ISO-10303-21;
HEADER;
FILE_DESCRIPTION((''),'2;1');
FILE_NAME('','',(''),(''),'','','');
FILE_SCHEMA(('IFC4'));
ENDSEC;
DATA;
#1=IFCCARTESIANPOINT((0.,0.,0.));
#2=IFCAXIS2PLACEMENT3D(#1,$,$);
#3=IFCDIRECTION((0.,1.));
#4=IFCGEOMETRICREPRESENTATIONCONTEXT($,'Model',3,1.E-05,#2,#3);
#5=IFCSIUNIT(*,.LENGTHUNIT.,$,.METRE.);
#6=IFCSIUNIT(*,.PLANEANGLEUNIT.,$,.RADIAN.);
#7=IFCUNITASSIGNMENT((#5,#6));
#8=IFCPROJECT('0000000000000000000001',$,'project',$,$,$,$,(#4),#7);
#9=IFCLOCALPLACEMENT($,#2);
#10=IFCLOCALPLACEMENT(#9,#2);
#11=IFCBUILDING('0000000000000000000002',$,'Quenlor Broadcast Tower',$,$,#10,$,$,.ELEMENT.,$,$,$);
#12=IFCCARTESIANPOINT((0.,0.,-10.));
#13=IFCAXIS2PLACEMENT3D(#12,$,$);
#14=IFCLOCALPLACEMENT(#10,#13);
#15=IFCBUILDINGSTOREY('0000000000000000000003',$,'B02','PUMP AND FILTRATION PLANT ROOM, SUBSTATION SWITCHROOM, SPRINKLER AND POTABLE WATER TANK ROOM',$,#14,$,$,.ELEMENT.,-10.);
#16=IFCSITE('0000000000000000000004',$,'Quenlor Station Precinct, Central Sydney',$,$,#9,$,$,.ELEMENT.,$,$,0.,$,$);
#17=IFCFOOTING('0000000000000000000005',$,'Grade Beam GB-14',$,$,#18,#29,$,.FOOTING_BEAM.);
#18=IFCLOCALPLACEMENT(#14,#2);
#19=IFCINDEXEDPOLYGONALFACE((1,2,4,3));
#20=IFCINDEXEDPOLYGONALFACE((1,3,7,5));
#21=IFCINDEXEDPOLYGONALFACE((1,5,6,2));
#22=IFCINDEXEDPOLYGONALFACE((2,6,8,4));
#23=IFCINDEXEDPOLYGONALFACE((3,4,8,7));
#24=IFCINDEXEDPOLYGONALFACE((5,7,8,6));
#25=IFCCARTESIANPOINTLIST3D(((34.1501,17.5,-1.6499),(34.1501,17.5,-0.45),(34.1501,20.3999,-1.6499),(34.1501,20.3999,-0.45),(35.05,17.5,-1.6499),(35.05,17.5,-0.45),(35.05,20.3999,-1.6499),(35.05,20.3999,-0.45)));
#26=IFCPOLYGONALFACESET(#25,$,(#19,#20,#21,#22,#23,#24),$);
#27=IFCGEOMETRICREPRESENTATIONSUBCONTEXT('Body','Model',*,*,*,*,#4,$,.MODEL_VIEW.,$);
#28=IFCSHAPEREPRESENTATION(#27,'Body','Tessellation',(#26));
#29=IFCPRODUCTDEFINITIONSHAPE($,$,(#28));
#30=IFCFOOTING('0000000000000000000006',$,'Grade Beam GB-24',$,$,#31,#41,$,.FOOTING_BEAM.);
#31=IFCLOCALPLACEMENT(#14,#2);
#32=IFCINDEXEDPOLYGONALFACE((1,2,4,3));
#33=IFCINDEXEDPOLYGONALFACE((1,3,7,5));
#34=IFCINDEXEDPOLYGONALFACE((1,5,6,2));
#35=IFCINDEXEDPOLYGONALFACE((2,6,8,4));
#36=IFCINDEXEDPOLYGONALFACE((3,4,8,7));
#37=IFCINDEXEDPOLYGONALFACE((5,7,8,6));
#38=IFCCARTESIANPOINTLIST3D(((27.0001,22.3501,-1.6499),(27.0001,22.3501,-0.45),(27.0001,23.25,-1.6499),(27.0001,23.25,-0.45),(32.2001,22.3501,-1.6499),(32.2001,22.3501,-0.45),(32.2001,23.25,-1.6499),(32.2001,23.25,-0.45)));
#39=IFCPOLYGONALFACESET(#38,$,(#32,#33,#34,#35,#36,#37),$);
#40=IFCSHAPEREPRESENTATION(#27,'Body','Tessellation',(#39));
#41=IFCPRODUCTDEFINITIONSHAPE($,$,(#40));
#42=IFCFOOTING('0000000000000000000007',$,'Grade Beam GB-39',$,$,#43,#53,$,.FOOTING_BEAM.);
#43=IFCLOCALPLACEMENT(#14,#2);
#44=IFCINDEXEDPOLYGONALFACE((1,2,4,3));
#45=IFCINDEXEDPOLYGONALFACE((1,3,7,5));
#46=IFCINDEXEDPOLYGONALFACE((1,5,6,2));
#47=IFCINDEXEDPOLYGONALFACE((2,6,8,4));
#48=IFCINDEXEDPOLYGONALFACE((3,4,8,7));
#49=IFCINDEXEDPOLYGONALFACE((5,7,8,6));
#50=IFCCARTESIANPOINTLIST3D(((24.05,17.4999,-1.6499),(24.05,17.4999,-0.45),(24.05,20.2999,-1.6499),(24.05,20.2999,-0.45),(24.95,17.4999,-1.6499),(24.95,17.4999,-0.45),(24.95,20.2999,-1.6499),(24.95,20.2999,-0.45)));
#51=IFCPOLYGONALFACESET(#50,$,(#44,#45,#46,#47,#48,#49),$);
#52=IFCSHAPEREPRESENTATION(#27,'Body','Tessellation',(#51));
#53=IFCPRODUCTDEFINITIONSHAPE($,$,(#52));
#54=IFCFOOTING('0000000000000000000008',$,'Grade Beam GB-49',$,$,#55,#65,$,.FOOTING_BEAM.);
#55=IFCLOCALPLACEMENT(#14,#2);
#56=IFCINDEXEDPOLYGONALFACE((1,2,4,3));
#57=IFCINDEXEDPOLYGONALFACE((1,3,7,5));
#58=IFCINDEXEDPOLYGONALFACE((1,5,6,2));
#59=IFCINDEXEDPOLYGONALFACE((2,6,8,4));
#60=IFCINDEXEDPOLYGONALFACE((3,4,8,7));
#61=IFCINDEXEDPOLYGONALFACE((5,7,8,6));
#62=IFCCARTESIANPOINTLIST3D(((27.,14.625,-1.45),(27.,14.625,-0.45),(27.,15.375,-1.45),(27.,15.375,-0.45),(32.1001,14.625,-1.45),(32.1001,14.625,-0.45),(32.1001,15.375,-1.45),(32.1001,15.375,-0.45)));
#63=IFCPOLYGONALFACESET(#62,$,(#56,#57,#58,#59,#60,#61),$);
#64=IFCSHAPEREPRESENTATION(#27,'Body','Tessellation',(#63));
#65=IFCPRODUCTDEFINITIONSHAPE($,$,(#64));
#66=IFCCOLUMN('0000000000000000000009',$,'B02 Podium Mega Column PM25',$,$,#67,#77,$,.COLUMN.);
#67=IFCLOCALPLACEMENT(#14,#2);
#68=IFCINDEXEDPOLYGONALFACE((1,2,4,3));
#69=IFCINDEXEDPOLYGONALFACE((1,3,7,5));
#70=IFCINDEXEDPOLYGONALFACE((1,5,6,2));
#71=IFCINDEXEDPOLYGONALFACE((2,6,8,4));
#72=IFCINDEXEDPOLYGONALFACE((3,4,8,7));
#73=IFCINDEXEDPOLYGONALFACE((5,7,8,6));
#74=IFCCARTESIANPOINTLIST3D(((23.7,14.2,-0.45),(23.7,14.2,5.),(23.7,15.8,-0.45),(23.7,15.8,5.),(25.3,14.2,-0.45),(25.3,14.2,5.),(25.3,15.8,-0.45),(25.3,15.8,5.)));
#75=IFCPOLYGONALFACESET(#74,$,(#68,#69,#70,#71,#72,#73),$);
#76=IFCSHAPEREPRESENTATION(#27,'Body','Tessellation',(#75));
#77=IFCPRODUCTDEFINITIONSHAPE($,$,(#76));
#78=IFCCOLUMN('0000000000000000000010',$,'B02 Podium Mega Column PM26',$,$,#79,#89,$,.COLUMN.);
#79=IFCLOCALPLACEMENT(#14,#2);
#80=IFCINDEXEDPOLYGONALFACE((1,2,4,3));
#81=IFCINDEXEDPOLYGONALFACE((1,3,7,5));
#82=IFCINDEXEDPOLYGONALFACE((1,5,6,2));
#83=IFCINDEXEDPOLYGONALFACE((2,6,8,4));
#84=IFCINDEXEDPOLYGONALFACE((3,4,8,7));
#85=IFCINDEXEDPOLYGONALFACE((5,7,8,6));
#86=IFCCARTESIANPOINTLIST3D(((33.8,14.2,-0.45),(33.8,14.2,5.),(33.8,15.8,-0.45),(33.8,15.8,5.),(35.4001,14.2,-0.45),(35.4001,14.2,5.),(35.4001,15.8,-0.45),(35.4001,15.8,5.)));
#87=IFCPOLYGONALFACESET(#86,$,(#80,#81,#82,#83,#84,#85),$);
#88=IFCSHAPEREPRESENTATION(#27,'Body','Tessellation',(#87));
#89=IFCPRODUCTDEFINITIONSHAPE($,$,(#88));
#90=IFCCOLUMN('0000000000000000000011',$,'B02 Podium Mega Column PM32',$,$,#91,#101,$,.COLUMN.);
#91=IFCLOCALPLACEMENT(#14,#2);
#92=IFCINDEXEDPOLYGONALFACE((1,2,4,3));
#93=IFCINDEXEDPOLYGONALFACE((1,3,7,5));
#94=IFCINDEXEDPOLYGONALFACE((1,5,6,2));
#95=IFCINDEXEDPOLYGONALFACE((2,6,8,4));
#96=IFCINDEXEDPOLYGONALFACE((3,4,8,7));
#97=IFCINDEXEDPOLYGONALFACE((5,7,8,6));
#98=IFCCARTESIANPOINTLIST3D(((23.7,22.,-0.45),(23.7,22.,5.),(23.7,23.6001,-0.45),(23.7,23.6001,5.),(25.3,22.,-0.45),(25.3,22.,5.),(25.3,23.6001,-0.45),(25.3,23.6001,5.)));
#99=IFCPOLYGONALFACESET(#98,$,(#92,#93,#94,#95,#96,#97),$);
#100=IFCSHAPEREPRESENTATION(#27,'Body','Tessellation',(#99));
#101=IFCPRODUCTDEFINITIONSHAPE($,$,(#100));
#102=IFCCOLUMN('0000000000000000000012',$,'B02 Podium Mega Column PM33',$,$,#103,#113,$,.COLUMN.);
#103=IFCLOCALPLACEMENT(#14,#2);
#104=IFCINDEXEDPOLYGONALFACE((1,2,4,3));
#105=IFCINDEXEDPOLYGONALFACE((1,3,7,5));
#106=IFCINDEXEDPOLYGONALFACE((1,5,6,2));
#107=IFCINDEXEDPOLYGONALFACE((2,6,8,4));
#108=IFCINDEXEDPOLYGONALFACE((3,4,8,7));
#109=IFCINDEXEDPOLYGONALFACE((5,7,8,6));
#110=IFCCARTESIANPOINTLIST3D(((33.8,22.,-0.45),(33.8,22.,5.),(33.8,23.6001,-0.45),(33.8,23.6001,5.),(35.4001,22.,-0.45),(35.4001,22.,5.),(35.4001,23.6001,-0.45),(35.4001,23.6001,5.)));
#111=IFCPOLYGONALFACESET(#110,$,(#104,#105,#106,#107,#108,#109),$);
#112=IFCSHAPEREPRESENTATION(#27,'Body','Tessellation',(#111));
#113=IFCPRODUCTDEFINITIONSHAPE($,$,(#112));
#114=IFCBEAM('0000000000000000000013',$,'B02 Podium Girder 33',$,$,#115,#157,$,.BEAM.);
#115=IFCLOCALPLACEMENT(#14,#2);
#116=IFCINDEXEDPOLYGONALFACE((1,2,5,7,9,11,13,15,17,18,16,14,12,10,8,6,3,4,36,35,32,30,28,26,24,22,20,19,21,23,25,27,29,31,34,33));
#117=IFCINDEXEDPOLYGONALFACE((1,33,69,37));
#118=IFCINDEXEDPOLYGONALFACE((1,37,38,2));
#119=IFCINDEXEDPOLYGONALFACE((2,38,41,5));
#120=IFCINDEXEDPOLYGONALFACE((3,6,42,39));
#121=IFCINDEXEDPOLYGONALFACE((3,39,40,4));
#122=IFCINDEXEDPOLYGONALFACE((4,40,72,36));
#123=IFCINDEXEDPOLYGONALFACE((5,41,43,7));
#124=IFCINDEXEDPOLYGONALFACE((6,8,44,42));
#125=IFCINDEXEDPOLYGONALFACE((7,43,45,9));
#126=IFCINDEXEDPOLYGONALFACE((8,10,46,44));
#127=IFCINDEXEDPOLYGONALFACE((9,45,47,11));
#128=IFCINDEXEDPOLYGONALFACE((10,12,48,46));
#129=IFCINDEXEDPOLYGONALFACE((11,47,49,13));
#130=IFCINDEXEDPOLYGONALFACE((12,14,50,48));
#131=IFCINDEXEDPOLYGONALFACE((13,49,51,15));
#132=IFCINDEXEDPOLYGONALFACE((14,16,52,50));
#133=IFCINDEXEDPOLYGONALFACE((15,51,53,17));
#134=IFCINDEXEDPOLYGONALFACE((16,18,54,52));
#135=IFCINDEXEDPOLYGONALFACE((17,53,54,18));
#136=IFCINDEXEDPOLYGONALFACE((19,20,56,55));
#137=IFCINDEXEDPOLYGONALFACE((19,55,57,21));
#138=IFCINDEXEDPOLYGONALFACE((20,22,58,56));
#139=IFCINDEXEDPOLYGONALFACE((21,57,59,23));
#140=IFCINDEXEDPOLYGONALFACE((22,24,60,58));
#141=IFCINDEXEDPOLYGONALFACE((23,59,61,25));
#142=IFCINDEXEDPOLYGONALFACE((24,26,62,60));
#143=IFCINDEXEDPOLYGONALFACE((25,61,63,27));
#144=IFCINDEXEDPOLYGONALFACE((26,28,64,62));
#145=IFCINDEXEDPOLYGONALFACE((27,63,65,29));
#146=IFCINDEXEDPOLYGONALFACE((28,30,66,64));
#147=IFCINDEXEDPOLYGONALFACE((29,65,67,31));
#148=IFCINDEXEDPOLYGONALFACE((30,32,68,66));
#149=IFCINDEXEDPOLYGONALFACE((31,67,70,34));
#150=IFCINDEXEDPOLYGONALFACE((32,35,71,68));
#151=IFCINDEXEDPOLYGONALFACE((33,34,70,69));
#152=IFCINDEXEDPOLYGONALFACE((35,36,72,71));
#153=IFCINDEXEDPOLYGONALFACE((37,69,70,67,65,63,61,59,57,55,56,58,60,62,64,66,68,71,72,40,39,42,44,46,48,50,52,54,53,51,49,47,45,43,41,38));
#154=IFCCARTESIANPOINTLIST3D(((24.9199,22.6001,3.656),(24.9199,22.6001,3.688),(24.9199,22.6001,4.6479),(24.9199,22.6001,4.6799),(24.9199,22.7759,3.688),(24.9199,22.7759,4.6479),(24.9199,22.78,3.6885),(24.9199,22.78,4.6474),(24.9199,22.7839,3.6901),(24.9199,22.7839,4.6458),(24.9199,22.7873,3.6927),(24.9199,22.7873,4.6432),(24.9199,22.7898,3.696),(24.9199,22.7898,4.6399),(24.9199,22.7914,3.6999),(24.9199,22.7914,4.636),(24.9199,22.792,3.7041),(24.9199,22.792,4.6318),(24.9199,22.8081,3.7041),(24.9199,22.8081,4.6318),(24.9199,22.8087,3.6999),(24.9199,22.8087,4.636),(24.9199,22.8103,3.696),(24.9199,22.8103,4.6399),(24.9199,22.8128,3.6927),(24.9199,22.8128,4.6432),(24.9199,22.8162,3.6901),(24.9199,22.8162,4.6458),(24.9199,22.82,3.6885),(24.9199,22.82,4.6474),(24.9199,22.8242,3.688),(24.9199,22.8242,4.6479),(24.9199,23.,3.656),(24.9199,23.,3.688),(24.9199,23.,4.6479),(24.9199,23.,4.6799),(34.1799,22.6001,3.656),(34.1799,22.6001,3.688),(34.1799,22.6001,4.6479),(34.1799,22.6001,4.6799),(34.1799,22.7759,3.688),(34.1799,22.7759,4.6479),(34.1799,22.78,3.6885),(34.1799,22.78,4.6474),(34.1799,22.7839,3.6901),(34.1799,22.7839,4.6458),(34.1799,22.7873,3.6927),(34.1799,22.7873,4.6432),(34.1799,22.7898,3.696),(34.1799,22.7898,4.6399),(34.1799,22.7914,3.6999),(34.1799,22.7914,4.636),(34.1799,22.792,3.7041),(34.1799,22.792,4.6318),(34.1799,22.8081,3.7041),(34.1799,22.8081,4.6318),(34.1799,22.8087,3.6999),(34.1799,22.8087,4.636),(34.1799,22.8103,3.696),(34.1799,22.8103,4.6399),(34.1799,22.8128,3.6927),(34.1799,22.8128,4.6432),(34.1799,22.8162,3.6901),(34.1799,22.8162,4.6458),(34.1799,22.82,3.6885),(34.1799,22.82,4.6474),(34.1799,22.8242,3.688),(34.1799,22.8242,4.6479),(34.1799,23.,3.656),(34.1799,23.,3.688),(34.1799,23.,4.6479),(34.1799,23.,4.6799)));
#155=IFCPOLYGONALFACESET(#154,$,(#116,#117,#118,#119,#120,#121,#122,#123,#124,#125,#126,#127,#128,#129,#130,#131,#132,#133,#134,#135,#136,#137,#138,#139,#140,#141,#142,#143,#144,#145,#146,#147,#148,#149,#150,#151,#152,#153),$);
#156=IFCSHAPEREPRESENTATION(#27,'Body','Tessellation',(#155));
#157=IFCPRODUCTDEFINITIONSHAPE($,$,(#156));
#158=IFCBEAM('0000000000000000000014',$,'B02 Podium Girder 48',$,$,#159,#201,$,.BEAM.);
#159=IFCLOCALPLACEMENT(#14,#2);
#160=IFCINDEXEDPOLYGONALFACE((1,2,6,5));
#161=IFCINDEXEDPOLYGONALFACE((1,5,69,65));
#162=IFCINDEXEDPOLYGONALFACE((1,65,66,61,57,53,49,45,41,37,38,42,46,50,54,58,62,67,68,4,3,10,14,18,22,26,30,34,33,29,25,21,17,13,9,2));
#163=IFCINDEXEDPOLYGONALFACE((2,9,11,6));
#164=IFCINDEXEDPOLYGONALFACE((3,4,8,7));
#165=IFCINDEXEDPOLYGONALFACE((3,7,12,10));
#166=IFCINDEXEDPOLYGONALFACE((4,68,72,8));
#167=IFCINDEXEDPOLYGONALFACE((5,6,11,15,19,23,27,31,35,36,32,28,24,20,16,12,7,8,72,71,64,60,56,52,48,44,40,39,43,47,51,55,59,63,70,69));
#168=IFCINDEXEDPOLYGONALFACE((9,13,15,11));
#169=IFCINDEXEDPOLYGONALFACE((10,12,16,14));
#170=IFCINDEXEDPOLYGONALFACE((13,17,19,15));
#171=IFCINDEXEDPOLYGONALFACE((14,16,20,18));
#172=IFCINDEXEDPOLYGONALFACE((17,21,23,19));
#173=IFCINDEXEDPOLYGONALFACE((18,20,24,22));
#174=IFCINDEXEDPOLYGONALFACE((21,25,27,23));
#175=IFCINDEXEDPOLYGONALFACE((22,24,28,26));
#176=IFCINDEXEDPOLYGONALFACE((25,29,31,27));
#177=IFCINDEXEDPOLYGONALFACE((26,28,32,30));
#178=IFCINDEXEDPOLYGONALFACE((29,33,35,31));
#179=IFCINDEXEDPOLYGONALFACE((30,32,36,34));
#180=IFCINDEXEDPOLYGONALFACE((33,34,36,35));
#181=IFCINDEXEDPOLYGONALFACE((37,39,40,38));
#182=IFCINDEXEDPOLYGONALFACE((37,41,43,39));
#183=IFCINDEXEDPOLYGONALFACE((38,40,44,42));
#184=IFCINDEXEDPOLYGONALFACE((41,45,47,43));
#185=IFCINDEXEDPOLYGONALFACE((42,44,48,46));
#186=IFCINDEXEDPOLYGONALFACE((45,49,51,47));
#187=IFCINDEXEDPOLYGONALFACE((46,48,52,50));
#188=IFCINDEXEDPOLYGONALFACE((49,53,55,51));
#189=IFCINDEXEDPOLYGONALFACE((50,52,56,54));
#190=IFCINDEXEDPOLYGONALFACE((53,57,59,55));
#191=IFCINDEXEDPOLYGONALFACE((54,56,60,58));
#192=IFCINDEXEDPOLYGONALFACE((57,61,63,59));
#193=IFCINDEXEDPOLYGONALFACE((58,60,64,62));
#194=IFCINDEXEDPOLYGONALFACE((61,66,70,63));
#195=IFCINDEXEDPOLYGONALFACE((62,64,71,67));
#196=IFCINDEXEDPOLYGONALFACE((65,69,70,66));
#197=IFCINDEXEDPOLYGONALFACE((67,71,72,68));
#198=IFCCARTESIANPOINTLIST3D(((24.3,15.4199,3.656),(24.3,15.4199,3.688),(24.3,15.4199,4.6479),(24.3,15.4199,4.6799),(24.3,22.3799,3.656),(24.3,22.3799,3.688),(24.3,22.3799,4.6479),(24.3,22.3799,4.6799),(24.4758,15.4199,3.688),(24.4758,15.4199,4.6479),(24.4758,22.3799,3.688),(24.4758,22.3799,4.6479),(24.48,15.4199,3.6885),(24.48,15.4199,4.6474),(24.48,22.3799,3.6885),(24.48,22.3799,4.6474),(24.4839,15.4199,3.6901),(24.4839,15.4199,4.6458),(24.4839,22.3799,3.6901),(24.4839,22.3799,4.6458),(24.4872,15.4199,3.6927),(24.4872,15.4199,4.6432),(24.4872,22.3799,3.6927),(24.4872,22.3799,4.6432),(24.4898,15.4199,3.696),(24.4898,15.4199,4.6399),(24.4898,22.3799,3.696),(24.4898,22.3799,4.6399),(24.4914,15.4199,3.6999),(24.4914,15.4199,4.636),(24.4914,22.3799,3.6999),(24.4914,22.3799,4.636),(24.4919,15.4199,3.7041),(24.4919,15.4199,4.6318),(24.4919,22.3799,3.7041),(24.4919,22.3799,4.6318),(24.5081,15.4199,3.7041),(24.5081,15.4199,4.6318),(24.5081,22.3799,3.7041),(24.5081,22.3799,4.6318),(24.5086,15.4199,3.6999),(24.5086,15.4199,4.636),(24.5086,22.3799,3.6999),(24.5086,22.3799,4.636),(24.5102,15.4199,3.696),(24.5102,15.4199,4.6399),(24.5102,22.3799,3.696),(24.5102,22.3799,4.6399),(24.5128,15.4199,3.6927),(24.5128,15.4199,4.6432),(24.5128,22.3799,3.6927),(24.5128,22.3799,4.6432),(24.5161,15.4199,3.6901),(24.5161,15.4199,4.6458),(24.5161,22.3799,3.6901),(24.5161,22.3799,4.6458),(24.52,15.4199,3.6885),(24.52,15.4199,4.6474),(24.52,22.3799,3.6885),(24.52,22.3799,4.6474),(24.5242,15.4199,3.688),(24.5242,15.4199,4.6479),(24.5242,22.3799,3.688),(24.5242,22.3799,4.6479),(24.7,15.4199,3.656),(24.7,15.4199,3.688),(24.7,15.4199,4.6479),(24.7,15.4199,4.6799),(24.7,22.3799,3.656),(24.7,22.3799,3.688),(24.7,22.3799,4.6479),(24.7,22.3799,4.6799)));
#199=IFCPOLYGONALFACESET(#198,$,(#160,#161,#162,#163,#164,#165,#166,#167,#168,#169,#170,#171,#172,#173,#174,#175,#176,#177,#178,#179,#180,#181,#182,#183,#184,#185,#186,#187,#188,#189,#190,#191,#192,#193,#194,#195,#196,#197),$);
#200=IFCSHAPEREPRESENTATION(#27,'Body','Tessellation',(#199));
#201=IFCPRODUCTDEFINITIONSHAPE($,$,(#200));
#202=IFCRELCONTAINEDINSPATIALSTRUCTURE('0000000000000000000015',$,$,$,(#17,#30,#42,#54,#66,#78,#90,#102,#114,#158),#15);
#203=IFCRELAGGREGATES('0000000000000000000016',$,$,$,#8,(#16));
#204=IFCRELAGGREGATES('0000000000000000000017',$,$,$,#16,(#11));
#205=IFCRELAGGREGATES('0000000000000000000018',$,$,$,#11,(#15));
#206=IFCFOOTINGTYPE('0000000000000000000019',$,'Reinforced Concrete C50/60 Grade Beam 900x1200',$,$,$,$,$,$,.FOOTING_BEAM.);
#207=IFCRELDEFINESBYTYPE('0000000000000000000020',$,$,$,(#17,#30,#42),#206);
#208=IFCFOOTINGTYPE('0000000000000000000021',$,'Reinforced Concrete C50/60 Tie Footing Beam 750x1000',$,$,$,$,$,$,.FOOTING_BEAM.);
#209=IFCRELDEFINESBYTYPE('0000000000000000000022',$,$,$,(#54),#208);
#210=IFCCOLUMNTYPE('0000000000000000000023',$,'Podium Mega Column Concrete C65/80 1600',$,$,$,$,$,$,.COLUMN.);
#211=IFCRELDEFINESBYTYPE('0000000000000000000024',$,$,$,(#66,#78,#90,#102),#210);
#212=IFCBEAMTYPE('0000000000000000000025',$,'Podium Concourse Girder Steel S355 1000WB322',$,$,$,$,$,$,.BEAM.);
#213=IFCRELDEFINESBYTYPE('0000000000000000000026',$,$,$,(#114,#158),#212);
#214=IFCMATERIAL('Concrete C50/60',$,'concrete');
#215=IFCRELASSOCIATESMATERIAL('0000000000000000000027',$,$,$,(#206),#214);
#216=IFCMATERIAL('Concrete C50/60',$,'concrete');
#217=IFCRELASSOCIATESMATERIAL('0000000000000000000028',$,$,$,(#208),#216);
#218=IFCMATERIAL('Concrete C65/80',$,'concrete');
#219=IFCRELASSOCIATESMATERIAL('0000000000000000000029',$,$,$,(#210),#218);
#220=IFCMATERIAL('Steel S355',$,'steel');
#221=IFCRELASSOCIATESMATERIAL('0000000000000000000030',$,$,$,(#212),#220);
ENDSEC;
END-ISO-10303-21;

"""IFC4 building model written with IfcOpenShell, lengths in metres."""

from ifc_helpers import new_model, si_unit, direction, frame, origin, origin_2d, place, context, subcontext, project, spatial, rectangle, i_section, extrude, material, material_profile, profile_set, type_object, element, save


model = new_model("IFC4")

# Units and contexts
model_context = context("Model", 3, precision=1e-05, world=origin(), true_north=direction((0.0, 1.0)))
body_context = subcontext(model_context, "Body", "Model", "MODEL_VIEW")
ifc_project = project(units=[si_unit("LENGTHUNIT", "METRE"), si_unit("PLANEANGLEUNIT", "RADIAN")], contexts=[model_context])

# Site, building, storey
site_placement = place(None, origin())
site = spatial("IfcSite", under=ifc_project, at=site_placement, Name="Quenlor Station Precinct, Central Sydney", CompositionType="ELEMENT", RefElevation=0.0)
building_placement = place(site_placement, origin())
building = spatial("IfcBuilding", under=site, at=building_placement, Name="Quenlor Broadcast Tower", CompositionType="ELEMENT")
storey_placement = place(building_placement, frame((0.0, 0.0, -10.0)))
storey = spatial("IfcBuildingStorey", under=building, at=storey_placement, Name="B02", Description="PUMP AND FILTRATION PLANT ROOM, SUBSTATION SWITCHROOM, SPRINKLER AND POTABLE WATER TANK ROOM", CompositionType="ELEMENT", Elevation=-10.0)

# Footings
ifc_material_1 = material(Name="Concrete C50/60", Category="concrete")
footing_type_1 = type_object("IfcFootingType", Name="Reinforced Concrete C50/60 Grade Beam 900x1200", PredefinedType="FOOTING_BEAM", material=ifc_material_1)
footing_1_placement = place(storey_placement, frame((34.6001, 18.95, -1.6499), z_axis=(0.0, 0.0, 1.0), x_axis=(0.0, 1.0, 0.0)))
element("IfcFooting", 1, at=footing_1_placement, inside=storey, type_object=footing_type_1, Name="Grade Beam GB-14", PredefinedType="FOOTING_BEAM", context=body_context, shape_type="SweptSolid", body=[
    extrude(rectangle(XDim=2.8999, YDim=0.8999, at=origin_2d()), origin(), (0.0, 0.0, 1.0), 1.2),
])
footing_2_placement = place(storey_placement, frame((29.6001, 22.8, -1.6499), z_axis=(0.0, 0.0, 1.0), x_axis=(1.0, 0.0, 0.0)))
element("IfcFooting", 2, at=footing_2_placement, inside=storey, type_object=footing_type_1, Name="Grade Beam GB-24", PredefinedType="FOOTING_BEAM", context=body_context, shape_type="SweptSolid", body=[
    extrude(rectangle(XDim=5.2, YDim=0.8999, at=origin_2d()), origin(), (0.0, 0.0, 1.0), 1.2),
])
footing_3_placement = place(storey_placement, frame((24.5, 18.8999, -1.6499), z_axis=(0.0, 0.0, 1.0), x_axis=(0.0, 1.0, 0.0)))
element("IfcFooting", 3, at=footing_3_placement, inside=storey, type_object=footing_type_1, Name="Grade Beam GB-39", PredefinedType="FOOTING_BEAM", context=body_context, shape_type="SweptSolid", body=[
    extrude(rectangle(XDim=2.8, YDim=0.8999, at=origin_2d()), origin(), (0.0, 0.0, 1.0), 1.2),
])
ifc_material_2 = material(Name="Concrete C50/60", Category="concrete")
footing_type_2 = type_object("IfcFootingType", Name="Reinforced Concrete C50/60 Tie Footing Beam 750x1000", PredefinedType="FOOTING_BEAM", material=ifc_material_2)
footing_4_placement = place(storey_placement, frame((29.55, 15.0, -1.45), z_axis=(0.0, 0.0, 1.0), x_axis=(1.0, 0.0, 0.0)))
element("IfcFooting", 4, at=footing_4_placement, inside=storey, type_object=footing_type_2, Name="Grade Beam GB-49", PredefinedType="FOOTING_BEAM", context=body_context, shape_type="SweptSolid", body=[
    extrude(rectangle(XDim=5.1001, YDim=0.75, at=origin_2d()), origin(), (0.0, 0.0, 1.0), 1.0),
])

# Columns
ifc_material_3 = material(Name="Concrete C65/80", Category="concrete")
ifc_material_profile_1 = material_profile(ifc_material_3, rectangle(XDim=1.6001, YDim=1.6001, at=origin_2d()))
ifc_profile_set_1 = profile_set([ifc_material_profile_1], Name="Concrete C65/80 RC1600x1600")
column_type = type_object("IfcColumnType", Name="Podium Mega Column Concrete C65/80 1600", PredefinedType="COLUMN", material=ifc_profile_set_1)
for number, where, z_axis, x_axis, name in (
    (5, (24.5, 15.0, -0.45), (0.0, 0.0, 1.0), (1.0, 0.0, 0.0), "B02 Podium Mega Column PM25"),
    (6, (34.6001, 15.0, -0.45), (0.0, 0.0, 1.0), (1.0, 0.0, 0.0), "B02 Podium Mega Column PM26"),
    (7, (24.5, 22.8, -0.45), (0.0, 0.0, 1.0), (1.0, 0.0, 0.0), "B02 Podium Mega Column PM32"),
    (8, (34.6001, 22.8, -0.45), (0.0, 0.0, 1.0), (1.0, 0.0, 0.0), "B02 Podium Mega Column PM33"),
):
    element("IfcColumn", number, at=place(storey_placement, frame(where, z_axis=z_axis, x_axis=x_axis)), inside=storey, type_object=column_type, Name=name, PredefinedType="COLUMN", context=body_context, shape_type="SweptSolid", body=[
        extrude(rectangle(XDim=1.6001, YDim=1.6001, at=origin_2d()), origin(), (0.0, 0.0, 1.0), 5.45),
    ])

# Beams
ifc_material_4 = material(Name="Steel S355", Category="steel")
ifc_material_profile_2 = material_profile(ifc_material_4, i_section(OverallWidth=0.3999, OverallDepth=1.0239, WebThickness=0.0161, FlangeThickness=0.032, FilletRadius=0.0161, at=origin_2d()))
ifc_profile_set_2 = profile_set([ifc_material_profile_2], Name="Steel S355 1000WB322")
beam_type = type_object("IfcBeamType", Name="Podium Concourse Girder Steel S355 1000WB322", PredefinedType="BEAM", material=ifc_profile_set_2)
beam_placement = place(storey_placement, frame((24.9199, 22.8, 4.168), z_axis=(1.0, 0.0, 0.0), x_axis=(0.0, 1.0, 0.0)))
element("IfcBeam", 9, at=beam_placement, inside=storey, type_object=beam_type, Name="B02 Podium Girder 33", PredefinedType="BEAM", context=body_context, shape_type="SweptSolid", body=[
    extrude(i_section(OverallWidth=0.3999, OverallDepth=1.0239, WebThickness=0.0161, FlangeThickness=0.032, FilletRadius=0.0161, at=origin_2d()), origin(), (0.0, 0.0, 1.0), 9.26),
])
for number, where, z_axis, x_axis, name in (
    (10, (24.5, 15.4199, 4.168), (0.0, 1.0, 0.0), (-1.0, 0.0, 0.0), "B02 Podium Girder 48"),
):
    element("IfcBeam", number, at=place(storey_placement, frame(where, z_axis=z_axis, x_axis=x_axis)), inside=storey, type_object=beam_type, Name=name, PredefinedType="BEAM", context=body_context, shape_type="SweptSolid", body=[
        extrude(i_section(OverallWidth=0.3999, OverallDepth=1.0239, WebThickness=0.0161, FlangeThickness=0.032, FilletRadius=0.0161, at=origin_2d()), origin(), (0.0, 0.0, 1.0), 6.96),
    ])

save(model, "model.ifc")
